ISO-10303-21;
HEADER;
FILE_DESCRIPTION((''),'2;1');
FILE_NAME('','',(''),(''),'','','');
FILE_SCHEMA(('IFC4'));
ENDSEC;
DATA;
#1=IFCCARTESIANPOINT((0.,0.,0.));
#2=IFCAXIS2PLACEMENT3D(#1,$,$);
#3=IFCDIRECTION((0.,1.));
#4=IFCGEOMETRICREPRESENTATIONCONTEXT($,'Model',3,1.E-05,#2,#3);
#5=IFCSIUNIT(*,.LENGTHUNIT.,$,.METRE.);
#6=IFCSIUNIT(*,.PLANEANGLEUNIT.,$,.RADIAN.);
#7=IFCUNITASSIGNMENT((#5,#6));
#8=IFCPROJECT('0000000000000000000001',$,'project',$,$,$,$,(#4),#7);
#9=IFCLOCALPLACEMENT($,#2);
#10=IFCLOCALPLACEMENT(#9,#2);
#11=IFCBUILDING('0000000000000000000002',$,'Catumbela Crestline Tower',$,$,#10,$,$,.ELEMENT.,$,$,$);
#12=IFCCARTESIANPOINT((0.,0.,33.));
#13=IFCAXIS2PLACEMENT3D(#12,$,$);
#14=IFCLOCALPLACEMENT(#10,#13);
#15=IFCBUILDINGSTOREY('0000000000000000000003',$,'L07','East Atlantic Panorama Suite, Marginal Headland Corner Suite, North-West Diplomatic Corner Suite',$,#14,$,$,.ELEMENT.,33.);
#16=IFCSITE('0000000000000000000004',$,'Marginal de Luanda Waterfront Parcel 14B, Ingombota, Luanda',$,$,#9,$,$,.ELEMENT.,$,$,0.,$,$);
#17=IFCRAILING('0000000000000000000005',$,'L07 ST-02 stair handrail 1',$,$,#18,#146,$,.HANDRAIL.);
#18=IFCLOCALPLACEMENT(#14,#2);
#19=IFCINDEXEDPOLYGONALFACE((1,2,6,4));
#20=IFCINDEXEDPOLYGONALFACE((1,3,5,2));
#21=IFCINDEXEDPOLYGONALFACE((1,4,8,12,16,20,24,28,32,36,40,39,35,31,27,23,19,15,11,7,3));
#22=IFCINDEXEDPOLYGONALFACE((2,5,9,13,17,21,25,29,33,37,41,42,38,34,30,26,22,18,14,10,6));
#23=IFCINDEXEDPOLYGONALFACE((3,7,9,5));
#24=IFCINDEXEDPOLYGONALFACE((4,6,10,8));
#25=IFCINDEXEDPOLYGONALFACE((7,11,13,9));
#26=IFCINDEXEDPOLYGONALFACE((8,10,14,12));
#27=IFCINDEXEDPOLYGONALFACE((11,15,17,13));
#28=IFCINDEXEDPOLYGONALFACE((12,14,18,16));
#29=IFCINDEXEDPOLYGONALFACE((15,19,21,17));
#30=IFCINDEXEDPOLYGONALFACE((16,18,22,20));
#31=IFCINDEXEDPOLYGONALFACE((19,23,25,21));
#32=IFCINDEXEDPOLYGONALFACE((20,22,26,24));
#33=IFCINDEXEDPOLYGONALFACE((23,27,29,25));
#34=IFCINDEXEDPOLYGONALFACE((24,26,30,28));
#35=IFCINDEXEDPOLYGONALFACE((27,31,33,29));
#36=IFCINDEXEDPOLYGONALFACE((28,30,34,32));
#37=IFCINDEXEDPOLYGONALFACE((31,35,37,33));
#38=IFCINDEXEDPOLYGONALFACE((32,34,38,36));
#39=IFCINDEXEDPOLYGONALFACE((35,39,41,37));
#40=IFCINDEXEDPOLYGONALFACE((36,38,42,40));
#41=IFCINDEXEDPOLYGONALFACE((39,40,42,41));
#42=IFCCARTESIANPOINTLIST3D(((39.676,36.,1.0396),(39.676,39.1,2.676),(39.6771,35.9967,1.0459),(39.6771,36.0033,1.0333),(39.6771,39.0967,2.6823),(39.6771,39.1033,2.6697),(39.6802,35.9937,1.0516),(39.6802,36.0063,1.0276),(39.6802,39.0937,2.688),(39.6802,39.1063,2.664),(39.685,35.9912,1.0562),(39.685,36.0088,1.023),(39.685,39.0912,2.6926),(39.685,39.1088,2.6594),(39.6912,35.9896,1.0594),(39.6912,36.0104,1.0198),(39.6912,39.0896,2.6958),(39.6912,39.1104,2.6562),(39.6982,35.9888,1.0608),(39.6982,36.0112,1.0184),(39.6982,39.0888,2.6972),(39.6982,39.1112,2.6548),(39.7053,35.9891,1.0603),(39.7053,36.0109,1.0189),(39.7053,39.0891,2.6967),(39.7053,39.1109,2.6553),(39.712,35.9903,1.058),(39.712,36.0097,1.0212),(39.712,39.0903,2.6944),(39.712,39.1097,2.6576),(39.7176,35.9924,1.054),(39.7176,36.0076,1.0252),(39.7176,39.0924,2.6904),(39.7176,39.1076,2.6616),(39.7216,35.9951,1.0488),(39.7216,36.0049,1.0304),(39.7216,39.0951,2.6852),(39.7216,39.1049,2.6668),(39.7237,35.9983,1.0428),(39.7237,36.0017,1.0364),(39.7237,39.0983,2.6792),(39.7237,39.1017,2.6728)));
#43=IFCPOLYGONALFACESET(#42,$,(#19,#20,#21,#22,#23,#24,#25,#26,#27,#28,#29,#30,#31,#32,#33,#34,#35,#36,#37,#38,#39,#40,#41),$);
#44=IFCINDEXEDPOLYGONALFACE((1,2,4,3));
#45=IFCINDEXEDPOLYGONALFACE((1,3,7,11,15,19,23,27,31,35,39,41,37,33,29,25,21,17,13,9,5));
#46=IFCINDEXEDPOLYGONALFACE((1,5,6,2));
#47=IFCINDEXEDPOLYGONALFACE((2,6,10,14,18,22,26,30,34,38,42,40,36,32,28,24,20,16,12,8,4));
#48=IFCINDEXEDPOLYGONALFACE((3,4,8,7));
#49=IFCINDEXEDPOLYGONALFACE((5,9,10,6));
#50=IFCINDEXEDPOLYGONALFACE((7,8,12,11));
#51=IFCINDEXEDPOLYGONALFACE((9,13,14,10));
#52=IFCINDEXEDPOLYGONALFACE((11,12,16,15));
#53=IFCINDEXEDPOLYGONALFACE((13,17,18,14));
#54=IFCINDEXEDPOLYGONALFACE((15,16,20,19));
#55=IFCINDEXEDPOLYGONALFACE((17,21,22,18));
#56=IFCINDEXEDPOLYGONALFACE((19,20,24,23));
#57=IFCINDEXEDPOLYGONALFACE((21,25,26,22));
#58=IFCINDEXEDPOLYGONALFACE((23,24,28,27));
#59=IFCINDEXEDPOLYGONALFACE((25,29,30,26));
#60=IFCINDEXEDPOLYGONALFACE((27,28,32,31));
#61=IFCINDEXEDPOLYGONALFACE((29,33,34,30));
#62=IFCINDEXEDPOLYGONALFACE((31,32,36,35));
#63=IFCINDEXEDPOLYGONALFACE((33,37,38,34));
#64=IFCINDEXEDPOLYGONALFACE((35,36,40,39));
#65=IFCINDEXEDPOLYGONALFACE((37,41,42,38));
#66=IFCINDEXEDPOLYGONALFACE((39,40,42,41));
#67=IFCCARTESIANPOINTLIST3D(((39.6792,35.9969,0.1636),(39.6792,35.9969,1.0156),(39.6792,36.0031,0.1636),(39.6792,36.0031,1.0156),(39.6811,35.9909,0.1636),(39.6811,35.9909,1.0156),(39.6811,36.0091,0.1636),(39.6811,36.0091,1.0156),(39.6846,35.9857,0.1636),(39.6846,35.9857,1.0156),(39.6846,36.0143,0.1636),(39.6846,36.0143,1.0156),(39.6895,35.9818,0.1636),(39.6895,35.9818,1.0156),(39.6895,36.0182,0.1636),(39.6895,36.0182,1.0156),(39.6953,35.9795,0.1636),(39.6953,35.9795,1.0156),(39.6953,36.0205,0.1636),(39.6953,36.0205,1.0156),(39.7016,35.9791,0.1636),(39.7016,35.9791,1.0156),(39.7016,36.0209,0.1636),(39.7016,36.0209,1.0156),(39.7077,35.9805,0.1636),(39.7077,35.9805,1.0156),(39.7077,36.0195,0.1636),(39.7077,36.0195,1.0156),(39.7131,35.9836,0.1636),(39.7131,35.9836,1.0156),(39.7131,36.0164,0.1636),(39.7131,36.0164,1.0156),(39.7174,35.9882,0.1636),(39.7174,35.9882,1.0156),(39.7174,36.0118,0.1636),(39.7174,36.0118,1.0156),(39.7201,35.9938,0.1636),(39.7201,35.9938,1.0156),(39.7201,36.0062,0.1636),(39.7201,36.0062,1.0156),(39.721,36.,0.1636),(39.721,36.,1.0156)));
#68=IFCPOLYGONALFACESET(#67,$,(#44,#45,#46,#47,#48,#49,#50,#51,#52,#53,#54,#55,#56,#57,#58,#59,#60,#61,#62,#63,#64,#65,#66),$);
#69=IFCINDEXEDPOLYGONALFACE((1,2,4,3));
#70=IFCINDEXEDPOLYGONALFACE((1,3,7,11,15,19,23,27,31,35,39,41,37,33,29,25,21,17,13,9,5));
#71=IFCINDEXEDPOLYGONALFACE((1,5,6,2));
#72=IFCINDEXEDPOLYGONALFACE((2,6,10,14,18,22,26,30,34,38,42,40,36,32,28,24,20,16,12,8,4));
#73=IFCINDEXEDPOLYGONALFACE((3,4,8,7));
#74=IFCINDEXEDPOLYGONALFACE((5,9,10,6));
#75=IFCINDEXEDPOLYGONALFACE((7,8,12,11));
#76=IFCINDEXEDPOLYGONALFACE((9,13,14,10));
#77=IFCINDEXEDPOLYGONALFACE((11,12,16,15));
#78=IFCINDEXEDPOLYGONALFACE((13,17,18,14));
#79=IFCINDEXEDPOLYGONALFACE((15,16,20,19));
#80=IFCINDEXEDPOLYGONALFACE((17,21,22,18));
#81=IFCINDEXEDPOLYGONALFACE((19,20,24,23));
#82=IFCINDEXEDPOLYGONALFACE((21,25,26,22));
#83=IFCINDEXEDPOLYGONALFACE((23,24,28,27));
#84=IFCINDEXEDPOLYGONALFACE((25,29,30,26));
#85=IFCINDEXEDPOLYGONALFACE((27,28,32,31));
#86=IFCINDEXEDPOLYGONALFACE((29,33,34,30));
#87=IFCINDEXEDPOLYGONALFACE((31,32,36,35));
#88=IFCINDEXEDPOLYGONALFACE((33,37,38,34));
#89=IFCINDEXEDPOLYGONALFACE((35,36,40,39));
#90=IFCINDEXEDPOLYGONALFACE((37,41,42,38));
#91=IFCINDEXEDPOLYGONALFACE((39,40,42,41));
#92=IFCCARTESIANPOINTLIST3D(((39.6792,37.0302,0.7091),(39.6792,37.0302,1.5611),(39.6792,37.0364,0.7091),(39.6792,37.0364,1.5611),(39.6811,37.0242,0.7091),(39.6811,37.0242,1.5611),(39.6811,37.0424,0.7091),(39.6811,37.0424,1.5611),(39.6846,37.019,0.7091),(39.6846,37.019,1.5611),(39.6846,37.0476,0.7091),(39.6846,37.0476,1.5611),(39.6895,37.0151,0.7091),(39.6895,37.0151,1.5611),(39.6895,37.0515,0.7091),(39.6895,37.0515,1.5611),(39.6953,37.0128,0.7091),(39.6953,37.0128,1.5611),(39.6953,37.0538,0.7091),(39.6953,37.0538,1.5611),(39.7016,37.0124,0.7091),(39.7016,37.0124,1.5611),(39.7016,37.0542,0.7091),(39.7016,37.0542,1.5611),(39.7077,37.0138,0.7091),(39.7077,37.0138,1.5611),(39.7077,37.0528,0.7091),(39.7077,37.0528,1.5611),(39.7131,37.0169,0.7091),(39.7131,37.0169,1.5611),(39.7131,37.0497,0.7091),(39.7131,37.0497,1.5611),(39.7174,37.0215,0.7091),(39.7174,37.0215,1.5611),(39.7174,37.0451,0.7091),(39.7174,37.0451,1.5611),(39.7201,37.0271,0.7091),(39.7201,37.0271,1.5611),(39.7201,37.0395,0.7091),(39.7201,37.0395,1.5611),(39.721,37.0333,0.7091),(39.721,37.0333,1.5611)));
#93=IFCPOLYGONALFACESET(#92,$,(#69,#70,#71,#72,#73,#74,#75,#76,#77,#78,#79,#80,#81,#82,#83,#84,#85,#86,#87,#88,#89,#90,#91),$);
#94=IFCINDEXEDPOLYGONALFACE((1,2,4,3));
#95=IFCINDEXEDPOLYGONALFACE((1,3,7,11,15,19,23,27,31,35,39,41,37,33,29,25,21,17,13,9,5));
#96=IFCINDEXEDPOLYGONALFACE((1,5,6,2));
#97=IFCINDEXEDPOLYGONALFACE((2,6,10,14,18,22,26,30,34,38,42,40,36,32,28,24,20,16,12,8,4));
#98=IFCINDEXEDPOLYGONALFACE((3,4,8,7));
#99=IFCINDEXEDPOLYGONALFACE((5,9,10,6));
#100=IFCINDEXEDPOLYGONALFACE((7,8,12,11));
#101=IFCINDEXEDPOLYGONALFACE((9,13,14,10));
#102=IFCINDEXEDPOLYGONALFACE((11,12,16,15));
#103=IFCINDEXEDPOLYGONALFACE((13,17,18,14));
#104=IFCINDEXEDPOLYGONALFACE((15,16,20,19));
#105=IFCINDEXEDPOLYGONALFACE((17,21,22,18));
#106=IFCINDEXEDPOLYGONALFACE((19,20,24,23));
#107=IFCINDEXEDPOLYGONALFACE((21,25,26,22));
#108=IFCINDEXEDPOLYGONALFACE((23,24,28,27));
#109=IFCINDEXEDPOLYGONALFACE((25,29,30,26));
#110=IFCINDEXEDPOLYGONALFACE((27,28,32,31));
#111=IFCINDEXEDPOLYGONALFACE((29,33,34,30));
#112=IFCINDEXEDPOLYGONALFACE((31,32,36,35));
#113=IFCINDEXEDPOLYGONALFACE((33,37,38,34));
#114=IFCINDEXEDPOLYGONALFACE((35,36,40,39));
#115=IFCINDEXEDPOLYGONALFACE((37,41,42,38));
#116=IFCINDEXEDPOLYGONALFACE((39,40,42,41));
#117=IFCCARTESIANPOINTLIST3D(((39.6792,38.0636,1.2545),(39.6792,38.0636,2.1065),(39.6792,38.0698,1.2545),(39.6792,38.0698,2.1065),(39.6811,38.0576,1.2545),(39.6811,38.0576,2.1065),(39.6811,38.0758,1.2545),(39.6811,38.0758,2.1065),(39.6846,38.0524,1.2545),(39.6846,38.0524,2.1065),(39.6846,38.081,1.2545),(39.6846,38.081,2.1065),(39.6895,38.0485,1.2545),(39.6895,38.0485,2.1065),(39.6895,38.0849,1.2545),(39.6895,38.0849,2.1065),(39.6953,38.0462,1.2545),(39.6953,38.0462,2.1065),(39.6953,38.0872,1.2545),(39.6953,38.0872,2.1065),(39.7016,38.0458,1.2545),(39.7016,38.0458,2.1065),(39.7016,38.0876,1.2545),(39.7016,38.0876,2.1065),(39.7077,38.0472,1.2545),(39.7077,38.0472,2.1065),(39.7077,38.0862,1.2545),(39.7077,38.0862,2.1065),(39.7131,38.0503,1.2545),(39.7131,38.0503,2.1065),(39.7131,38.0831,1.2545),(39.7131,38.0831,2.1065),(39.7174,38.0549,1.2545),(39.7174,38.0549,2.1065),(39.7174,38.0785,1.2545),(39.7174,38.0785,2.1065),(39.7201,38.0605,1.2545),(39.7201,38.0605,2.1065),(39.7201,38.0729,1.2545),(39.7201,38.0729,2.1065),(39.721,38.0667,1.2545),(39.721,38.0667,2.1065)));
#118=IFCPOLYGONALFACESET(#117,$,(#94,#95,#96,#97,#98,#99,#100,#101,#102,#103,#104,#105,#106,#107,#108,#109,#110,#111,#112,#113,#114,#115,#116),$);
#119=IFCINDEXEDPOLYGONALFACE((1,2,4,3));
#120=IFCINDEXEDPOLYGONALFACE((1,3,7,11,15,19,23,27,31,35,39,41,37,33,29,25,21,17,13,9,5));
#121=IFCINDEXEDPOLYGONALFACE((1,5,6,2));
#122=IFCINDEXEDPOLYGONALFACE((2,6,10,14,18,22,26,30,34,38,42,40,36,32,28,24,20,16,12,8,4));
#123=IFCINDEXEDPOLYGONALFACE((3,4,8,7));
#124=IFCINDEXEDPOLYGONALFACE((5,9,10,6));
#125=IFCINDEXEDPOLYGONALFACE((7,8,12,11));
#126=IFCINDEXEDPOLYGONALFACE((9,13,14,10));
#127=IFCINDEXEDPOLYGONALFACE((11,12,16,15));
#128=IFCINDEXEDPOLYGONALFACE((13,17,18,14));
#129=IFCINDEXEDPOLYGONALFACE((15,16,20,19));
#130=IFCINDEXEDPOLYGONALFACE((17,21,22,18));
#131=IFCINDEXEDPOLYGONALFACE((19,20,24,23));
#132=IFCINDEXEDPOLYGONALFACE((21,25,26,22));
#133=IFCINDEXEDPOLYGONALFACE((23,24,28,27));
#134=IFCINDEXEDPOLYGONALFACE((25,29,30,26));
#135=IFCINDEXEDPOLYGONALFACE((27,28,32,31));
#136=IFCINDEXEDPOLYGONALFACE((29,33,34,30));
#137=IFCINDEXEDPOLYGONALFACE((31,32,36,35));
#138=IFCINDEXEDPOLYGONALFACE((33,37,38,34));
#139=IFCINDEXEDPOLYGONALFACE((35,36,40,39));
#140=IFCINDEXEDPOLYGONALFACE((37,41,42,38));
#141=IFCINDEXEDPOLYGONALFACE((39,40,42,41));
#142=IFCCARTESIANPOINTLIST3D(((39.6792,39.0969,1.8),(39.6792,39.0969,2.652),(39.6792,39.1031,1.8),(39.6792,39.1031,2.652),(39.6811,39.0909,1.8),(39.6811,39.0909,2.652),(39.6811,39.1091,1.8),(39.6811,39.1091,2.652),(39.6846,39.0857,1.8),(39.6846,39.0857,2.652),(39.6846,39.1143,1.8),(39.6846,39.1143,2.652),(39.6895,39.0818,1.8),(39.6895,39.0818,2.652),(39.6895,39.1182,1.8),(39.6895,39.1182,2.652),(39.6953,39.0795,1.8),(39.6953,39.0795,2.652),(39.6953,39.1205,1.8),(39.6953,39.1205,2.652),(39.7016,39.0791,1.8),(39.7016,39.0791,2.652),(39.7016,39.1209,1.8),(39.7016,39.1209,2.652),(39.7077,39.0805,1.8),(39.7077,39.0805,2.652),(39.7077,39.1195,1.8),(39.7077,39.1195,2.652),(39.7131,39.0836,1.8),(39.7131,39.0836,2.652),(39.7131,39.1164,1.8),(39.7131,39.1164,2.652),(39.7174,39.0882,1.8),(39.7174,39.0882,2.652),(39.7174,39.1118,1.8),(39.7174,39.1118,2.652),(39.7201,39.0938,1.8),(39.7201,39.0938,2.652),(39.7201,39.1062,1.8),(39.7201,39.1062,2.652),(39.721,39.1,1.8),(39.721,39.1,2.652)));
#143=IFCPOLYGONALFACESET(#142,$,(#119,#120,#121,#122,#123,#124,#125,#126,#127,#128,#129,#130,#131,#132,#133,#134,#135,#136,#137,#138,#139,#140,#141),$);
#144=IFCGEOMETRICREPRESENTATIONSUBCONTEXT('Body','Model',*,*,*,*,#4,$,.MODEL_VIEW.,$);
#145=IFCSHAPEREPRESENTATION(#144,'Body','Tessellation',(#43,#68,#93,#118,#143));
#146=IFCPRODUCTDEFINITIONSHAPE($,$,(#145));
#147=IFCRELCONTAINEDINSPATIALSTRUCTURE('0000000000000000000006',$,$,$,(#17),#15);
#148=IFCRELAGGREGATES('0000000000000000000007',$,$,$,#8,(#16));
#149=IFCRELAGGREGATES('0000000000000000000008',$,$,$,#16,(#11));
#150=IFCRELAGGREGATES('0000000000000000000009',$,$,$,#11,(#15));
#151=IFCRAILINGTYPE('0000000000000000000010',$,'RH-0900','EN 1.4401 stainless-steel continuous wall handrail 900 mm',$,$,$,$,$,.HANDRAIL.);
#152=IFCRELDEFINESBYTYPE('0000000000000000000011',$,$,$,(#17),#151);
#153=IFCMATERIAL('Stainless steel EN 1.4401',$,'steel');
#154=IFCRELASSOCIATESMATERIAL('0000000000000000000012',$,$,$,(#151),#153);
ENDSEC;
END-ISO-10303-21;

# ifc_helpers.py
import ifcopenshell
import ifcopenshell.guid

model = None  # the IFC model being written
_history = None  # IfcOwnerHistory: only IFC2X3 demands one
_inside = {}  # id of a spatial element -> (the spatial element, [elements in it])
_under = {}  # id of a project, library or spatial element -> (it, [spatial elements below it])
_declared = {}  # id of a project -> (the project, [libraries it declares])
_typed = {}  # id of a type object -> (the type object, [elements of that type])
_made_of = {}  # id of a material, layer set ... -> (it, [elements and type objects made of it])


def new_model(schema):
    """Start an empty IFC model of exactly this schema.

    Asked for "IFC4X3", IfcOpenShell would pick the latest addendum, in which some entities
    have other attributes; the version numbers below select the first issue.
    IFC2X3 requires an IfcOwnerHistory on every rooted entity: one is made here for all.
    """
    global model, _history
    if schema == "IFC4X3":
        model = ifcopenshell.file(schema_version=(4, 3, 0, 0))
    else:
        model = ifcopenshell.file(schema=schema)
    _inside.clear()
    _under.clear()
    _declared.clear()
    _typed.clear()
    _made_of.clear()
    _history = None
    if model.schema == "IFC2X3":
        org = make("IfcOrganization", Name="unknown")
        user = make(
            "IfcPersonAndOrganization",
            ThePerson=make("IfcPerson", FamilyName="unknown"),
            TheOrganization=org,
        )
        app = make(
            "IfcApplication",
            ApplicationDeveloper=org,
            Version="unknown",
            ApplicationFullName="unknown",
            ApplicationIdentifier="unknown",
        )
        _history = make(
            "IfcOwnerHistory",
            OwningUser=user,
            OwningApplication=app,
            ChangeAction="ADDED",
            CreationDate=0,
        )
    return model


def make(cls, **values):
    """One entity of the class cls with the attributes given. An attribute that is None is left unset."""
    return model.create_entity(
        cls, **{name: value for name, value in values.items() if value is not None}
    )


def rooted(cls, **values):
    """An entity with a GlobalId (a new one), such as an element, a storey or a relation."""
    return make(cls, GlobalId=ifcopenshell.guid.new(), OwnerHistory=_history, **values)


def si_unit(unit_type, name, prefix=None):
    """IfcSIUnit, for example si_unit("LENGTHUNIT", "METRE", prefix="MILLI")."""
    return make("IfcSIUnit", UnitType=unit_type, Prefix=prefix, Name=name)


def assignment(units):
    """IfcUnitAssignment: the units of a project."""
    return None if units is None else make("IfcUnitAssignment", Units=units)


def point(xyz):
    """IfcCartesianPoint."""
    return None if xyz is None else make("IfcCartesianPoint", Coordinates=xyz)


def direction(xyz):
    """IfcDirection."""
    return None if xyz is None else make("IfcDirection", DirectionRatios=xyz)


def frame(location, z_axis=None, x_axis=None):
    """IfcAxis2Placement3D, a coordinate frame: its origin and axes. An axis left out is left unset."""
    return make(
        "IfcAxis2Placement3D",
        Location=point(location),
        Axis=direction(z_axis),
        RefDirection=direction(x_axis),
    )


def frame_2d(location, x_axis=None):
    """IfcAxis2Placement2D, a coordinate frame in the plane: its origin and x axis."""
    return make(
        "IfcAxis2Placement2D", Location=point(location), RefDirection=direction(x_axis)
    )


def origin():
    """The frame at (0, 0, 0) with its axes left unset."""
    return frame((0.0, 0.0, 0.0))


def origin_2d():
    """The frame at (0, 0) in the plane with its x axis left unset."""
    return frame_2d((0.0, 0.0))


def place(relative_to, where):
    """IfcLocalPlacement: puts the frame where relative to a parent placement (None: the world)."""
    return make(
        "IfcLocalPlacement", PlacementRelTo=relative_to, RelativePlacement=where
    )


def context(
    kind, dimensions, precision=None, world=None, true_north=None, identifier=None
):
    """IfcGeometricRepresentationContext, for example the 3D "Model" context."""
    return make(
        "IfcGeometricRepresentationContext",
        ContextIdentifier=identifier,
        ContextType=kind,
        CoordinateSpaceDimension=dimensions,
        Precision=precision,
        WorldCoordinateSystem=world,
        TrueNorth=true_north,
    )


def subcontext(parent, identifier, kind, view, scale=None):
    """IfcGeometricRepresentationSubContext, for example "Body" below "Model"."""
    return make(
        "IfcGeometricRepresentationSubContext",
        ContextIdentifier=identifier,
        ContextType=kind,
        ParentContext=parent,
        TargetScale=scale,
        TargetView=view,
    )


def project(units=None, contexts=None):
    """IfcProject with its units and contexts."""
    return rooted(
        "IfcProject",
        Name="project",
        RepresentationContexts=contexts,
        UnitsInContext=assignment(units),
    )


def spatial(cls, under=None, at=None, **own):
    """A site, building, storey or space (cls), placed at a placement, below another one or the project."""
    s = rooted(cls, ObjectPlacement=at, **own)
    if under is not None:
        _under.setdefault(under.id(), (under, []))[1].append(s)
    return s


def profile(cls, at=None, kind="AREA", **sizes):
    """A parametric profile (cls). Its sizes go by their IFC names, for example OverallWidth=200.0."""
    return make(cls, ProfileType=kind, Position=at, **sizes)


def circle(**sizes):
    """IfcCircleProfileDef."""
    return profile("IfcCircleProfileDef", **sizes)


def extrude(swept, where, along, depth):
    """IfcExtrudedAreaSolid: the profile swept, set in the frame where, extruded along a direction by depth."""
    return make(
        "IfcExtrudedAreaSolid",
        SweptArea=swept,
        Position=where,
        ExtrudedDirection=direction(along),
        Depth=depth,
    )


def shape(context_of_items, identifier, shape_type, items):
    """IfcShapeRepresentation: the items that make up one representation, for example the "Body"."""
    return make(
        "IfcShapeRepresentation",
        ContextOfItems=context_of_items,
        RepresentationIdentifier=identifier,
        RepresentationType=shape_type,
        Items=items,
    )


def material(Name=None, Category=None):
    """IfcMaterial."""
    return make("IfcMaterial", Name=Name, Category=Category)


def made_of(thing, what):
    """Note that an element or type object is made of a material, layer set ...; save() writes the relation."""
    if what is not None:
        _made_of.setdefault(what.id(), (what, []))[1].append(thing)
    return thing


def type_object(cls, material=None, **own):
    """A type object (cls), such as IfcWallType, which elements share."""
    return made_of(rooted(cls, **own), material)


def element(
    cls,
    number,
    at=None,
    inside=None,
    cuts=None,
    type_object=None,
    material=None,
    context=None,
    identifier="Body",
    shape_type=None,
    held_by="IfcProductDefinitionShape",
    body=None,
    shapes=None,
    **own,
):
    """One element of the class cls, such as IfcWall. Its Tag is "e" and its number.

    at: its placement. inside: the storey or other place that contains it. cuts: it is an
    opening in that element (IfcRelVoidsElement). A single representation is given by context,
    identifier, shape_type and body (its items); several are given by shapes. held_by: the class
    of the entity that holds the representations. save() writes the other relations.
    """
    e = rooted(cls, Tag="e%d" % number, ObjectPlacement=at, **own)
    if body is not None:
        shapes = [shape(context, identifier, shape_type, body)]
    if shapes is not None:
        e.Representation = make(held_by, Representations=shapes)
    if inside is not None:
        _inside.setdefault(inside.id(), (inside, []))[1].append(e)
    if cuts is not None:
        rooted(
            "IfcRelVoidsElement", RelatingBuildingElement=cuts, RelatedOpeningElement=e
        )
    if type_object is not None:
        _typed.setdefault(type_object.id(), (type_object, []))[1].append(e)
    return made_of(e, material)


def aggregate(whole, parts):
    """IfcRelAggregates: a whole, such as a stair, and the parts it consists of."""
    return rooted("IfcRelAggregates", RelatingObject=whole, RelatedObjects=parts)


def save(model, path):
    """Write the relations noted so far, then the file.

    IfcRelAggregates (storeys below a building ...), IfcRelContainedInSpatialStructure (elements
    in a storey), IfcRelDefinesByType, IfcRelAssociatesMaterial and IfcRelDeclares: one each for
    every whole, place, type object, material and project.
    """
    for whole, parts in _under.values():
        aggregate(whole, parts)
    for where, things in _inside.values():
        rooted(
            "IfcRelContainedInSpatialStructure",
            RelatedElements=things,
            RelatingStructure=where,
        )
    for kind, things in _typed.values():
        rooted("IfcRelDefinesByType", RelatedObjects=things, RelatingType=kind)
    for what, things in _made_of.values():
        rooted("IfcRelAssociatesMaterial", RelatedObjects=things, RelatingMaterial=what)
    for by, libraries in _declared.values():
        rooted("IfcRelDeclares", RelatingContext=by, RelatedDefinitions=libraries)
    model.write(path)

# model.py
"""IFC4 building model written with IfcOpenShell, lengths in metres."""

from ifc_helpers import new_model, si_unit, direction, frame, origin, origin_2d, place, context, subcontext, project, spatial, circle, extrude, material, type_object, element, save


model = new_model("IFC4")

# Units and contexts
model_context = context("Model", 3, precision=1e-05, world=origin(), true_north=direction((0.0, 1.0)))
body_context = subcontext(model_context, "Body", "Model", "MODEL_VIEW")
ifc_project = project(units=[si_unit("LENGTHUNIT", "METRE"), si_unit("PLANEANGLEUNIT", "RADIAN")], contexts=[model_context])

# Site, building, storey
site_placement = place(None, origin())
site = spatial("IfcSite", under=ifc_project, at=site_placement, Name="Marginal de Luanda Waterfront Parcel 14B, Ingombota, Luanda", CompositionType="ELEMENT", RefElevation=0.0)
building_placement = place(site_placement, origin())
building = spatial("IfcBuilding", under=site, at=building_placement, Name="Catumbela Crestline Tower", CompositionType="ELEMENT")
storey_placement = place(building_placement, frame((0.0, 0.0, 33.0)))
storey = spatial("IfcBuildingStorey", under=building, at=storey_placement, Name="L07", Description="East Atlantic Panorama Suite, Marginal Headland Corner Suite, North-West Diplomatic Corner Suite", CompositionType="ELEMENT", Elevation=33.0)

# Shared definitions
ifc_material_1 = material(Name="Stainless steel EN 1.4401", Category="steel")

# Railing
railing_type_1 = type_object("IfcRailingType", Name="RH-0900", Description="EN 1.4401 stainless-steel continuous wall handrail 900 mm", PredefinedType="HANDRAIL", material=ifc_material_1)
railing_1_placement = place(storey_placement, frame((39.7, 36.0, 0.1636)))
element("IfcRailing", 1, at=railing_1_placement, inside=storey, type_object=railing_type_1, Name="L07 ST-02 stair handrail 1", PredefinedType="HANDRAIL", context=body_context, shape_type="SweptSolid", body=[
    extrude(circle(Radius=0.024, at=origin_2d()), frame((0.0, 0.0, 0.876), z_axis=(0.0, 0.884351, 0.466823), x_axis=(-1.0, 0.0, 0.0)), (0.0, 0.0, 1.0), 3.5054),
    extrude(circle(Radius=0.021, at=origin_2d()), origin(), (0.0, 0.0, 1.0), 0.852),
    extrude(circle(Radius=0.021, at=origin_2d()), frame((0.0, 1.0333, 0.5455)), (0.0, 0.0, 1.0), 0.852),
    extrude(circle(Radius=0.021, at=origin_2d()), frame((0.0, 2.0667, 1.0909)), (0.0, 0.0, 1.0), 0.852),
    extrude(circle(Radius=0.021, at=origin_2d()), frame((0.0, 3.1, 1.6364)), (0.0, 0.0, 1.0), 0.852),
])

save(model, "model.ifc")
